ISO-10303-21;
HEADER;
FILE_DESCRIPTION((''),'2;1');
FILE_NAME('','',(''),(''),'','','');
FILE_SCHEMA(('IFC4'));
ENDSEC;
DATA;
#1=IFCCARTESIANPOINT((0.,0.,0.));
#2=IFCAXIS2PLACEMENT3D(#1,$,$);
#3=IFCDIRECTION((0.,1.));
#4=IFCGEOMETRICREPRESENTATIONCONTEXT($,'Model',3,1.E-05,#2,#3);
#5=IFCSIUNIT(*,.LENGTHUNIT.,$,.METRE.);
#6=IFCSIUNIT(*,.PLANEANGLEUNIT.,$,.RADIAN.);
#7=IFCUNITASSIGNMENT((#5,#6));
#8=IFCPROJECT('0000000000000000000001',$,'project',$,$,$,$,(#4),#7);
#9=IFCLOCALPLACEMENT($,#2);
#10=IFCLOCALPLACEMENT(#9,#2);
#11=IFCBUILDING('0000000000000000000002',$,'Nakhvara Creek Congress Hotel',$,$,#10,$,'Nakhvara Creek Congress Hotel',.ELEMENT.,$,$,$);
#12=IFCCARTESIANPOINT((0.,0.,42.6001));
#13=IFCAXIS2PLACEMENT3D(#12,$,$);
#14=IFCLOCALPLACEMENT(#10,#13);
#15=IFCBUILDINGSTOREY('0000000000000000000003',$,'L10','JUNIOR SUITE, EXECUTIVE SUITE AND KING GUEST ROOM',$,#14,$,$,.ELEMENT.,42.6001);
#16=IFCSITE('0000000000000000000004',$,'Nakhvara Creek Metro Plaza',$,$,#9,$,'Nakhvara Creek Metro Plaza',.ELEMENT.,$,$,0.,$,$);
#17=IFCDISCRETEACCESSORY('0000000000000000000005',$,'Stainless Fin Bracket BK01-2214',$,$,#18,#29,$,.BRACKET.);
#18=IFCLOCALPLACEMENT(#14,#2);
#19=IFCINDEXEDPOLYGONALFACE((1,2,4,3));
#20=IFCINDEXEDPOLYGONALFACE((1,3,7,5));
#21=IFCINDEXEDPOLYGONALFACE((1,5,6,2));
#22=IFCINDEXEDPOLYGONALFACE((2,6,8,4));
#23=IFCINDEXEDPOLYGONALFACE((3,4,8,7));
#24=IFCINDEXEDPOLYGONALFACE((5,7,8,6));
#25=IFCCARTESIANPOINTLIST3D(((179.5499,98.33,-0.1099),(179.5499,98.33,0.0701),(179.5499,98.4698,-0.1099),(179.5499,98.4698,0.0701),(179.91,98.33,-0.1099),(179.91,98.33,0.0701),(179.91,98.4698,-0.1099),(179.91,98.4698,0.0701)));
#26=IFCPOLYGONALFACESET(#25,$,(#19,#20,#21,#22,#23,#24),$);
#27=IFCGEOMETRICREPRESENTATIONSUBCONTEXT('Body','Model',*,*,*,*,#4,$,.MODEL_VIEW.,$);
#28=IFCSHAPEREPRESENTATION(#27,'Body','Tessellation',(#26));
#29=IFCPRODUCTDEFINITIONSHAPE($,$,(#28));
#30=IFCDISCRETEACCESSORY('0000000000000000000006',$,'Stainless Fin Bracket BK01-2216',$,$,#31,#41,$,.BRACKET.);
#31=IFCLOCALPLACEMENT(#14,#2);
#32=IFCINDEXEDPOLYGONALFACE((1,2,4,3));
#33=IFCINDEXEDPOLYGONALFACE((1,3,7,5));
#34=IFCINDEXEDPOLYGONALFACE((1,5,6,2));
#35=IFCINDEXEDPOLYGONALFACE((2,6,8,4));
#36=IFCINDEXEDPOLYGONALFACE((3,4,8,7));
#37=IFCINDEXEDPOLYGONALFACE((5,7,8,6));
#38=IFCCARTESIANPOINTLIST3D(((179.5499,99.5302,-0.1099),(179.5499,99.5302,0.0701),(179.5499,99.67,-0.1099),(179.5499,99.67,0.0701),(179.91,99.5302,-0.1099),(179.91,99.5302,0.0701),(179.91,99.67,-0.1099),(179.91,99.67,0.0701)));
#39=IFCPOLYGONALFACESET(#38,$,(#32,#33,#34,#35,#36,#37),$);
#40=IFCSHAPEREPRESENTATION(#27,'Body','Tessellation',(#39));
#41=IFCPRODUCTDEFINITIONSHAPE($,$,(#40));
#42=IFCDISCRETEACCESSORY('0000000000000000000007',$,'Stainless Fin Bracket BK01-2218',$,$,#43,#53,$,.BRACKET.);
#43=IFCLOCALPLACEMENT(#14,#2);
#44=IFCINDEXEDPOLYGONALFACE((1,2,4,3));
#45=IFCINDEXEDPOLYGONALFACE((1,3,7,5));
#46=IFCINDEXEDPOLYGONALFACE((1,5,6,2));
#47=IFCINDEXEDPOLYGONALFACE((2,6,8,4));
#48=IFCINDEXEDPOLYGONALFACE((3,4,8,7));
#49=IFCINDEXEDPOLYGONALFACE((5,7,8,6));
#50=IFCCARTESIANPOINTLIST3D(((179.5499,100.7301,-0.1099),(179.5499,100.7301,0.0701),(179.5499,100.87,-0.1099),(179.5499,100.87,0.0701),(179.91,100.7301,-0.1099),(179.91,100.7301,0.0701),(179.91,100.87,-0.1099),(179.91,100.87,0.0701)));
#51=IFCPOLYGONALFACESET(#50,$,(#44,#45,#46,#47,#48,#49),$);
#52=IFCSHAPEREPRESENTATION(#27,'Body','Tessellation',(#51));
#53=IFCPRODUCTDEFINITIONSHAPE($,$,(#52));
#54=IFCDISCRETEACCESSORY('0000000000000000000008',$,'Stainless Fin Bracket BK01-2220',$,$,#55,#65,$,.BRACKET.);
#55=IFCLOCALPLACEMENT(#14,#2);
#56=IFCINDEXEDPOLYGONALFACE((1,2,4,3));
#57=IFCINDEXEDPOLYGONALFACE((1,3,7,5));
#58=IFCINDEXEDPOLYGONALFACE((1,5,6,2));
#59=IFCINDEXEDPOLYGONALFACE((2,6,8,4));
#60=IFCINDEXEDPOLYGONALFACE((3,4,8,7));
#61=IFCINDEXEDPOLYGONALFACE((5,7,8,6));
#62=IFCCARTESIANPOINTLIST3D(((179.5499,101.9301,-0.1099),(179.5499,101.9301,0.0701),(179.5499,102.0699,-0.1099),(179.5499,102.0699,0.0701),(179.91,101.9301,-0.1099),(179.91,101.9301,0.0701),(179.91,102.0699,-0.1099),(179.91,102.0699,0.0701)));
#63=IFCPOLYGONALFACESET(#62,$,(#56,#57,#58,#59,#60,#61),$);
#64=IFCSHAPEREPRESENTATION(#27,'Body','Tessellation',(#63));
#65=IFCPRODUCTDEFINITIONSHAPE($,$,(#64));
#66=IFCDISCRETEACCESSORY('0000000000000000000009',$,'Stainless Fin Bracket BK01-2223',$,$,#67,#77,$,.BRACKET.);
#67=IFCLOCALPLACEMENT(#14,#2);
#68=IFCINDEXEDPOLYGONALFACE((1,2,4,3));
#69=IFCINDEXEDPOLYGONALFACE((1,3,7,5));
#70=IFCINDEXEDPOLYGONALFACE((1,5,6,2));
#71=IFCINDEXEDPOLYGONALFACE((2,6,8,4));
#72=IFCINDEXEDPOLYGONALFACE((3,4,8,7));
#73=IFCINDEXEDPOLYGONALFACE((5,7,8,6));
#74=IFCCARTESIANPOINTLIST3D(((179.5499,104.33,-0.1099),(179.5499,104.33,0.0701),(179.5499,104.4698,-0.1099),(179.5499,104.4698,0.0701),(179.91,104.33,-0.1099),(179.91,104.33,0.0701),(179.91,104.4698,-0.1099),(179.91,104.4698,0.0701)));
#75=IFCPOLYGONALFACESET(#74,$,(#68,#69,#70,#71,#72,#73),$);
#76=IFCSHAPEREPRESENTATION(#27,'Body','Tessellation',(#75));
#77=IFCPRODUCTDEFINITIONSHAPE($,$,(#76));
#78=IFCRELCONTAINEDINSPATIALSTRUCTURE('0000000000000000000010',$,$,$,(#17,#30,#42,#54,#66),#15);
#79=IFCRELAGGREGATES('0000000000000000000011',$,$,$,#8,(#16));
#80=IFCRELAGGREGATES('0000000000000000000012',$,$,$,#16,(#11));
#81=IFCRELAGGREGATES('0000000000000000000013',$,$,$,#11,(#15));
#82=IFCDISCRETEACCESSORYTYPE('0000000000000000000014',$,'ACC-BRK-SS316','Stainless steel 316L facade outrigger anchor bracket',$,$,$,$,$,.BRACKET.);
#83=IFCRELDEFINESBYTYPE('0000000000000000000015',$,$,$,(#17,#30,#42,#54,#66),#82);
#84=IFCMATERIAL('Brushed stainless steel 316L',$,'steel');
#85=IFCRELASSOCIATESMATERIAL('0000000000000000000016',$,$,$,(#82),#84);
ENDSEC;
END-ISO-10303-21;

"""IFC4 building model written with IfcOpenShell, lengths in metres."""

from ifc_helpers import new_model, si_unit, direction, frame, origin, origin_2d, place, context, subcontext, project, spatial, rectangle, extrude, material, type_object, element, save


model = new_model("IFC4")

# Units and contexts
model_context = context("Model", 3, precision=1e-05, world=origin(), true_north=direction((0.0, 1.0)))
body_context = subcontext(model_context, "Body", "Model", "MODEL_VIEW")
ifc_project = project(units=[si_unit("LENGTHUNIT", "METRE"), si_unit("PLANEANGLEUNIT", "RADIAN")], contexts=[model_context])

# Site, building, storey
site_placement = place(None, origin())
site = spatial("IfcSite", under=ifc_project, at=site_placement, Name="Nakhvara Creek Metro Plaza", LongName="Nakhvara Creek Metro Plaza", CompositionType="ELEMENT", RefElevation=0.0)
building_placement = place(site_placement, origin())
building = spatial("IfcBuilding", under=site, at=building_placement, Name="Nakhvara Creek Congress Hotel", LongName="Nakhvara Creek Congress Hotel", CompositionType="ELEMENT")
storey_placement = place(building_placement, frame((0.0, 0.0, 42.6001)))
storey = spatial("IfcBuildingStorey", under=building, at=storey_placement, Name="L10", Description="JUNIOR SUITE, EXECUTIVE SUITE AND KING GUEST ROOM", CompositionType="ELEMENT", Elevation=42.6001)

# Discrete accessories
ifc_material_1 = material(Name="Brushed stainless steel 316L", Category="steel")
discrete_accessory_type = type_object("IfcDiscreteAccessoryType", Name="ACC-BRK-SS316", Description="Stainless steel 316L facade outrigger anchor bracket", PredefinedType="BRACKET", material=ifc_material_1)
for number, where, z_axis, x_axis, name in (
    (1, (179.73, 98.3999, -0.1099), (0.0, 0.0, 1.0), (0.0, 1.0, 0.0), "Stainless Fin Bracket BK01-2214"),
    (2, (179.73, 99.6001, -0.1099), (0.0, 0.0, 1.0), (0.0, 1.0, 0.0), "Stainless Fin Bracket BK01-2216"),
    (3, (179.73, 100.8, -0.1099), (0.0, 0.0, 1.0), (0.0, 1.0, 0.0), "Stainless Fin Bracket BK01-2218"),
    (4, (179.73, 102.0, -0.1099), (0.0, 0.0, 1.0), (0.0, 1.0, 0.0), "Stainless Fin Bracket BK01-2220"),
    (5, (179.73, 104.3999, -0.1099), (0.0, 0.0, 1.0), (0.0, 1.0, 0.0), "Stainless Fin Bracket BK01-2223"),
):
    element("IfcDiscreteAccessory", number, at=place(storey_placement, frame(where, z_axis=z_axis, x_axis=x_axis)), inside=storey, type_object=discrete_accessory_type, Name=name, PredefinedType="BRACKET", context=body_context, shape_type="SweptSolid", body=[
        extrude(rectangle(XDim=0.1399, YDim=0.3601, at=origin_2d()), origin(), (0.0, 0.0, 1.0), 0.1799),
    ])

save(model, "model.ifc")
